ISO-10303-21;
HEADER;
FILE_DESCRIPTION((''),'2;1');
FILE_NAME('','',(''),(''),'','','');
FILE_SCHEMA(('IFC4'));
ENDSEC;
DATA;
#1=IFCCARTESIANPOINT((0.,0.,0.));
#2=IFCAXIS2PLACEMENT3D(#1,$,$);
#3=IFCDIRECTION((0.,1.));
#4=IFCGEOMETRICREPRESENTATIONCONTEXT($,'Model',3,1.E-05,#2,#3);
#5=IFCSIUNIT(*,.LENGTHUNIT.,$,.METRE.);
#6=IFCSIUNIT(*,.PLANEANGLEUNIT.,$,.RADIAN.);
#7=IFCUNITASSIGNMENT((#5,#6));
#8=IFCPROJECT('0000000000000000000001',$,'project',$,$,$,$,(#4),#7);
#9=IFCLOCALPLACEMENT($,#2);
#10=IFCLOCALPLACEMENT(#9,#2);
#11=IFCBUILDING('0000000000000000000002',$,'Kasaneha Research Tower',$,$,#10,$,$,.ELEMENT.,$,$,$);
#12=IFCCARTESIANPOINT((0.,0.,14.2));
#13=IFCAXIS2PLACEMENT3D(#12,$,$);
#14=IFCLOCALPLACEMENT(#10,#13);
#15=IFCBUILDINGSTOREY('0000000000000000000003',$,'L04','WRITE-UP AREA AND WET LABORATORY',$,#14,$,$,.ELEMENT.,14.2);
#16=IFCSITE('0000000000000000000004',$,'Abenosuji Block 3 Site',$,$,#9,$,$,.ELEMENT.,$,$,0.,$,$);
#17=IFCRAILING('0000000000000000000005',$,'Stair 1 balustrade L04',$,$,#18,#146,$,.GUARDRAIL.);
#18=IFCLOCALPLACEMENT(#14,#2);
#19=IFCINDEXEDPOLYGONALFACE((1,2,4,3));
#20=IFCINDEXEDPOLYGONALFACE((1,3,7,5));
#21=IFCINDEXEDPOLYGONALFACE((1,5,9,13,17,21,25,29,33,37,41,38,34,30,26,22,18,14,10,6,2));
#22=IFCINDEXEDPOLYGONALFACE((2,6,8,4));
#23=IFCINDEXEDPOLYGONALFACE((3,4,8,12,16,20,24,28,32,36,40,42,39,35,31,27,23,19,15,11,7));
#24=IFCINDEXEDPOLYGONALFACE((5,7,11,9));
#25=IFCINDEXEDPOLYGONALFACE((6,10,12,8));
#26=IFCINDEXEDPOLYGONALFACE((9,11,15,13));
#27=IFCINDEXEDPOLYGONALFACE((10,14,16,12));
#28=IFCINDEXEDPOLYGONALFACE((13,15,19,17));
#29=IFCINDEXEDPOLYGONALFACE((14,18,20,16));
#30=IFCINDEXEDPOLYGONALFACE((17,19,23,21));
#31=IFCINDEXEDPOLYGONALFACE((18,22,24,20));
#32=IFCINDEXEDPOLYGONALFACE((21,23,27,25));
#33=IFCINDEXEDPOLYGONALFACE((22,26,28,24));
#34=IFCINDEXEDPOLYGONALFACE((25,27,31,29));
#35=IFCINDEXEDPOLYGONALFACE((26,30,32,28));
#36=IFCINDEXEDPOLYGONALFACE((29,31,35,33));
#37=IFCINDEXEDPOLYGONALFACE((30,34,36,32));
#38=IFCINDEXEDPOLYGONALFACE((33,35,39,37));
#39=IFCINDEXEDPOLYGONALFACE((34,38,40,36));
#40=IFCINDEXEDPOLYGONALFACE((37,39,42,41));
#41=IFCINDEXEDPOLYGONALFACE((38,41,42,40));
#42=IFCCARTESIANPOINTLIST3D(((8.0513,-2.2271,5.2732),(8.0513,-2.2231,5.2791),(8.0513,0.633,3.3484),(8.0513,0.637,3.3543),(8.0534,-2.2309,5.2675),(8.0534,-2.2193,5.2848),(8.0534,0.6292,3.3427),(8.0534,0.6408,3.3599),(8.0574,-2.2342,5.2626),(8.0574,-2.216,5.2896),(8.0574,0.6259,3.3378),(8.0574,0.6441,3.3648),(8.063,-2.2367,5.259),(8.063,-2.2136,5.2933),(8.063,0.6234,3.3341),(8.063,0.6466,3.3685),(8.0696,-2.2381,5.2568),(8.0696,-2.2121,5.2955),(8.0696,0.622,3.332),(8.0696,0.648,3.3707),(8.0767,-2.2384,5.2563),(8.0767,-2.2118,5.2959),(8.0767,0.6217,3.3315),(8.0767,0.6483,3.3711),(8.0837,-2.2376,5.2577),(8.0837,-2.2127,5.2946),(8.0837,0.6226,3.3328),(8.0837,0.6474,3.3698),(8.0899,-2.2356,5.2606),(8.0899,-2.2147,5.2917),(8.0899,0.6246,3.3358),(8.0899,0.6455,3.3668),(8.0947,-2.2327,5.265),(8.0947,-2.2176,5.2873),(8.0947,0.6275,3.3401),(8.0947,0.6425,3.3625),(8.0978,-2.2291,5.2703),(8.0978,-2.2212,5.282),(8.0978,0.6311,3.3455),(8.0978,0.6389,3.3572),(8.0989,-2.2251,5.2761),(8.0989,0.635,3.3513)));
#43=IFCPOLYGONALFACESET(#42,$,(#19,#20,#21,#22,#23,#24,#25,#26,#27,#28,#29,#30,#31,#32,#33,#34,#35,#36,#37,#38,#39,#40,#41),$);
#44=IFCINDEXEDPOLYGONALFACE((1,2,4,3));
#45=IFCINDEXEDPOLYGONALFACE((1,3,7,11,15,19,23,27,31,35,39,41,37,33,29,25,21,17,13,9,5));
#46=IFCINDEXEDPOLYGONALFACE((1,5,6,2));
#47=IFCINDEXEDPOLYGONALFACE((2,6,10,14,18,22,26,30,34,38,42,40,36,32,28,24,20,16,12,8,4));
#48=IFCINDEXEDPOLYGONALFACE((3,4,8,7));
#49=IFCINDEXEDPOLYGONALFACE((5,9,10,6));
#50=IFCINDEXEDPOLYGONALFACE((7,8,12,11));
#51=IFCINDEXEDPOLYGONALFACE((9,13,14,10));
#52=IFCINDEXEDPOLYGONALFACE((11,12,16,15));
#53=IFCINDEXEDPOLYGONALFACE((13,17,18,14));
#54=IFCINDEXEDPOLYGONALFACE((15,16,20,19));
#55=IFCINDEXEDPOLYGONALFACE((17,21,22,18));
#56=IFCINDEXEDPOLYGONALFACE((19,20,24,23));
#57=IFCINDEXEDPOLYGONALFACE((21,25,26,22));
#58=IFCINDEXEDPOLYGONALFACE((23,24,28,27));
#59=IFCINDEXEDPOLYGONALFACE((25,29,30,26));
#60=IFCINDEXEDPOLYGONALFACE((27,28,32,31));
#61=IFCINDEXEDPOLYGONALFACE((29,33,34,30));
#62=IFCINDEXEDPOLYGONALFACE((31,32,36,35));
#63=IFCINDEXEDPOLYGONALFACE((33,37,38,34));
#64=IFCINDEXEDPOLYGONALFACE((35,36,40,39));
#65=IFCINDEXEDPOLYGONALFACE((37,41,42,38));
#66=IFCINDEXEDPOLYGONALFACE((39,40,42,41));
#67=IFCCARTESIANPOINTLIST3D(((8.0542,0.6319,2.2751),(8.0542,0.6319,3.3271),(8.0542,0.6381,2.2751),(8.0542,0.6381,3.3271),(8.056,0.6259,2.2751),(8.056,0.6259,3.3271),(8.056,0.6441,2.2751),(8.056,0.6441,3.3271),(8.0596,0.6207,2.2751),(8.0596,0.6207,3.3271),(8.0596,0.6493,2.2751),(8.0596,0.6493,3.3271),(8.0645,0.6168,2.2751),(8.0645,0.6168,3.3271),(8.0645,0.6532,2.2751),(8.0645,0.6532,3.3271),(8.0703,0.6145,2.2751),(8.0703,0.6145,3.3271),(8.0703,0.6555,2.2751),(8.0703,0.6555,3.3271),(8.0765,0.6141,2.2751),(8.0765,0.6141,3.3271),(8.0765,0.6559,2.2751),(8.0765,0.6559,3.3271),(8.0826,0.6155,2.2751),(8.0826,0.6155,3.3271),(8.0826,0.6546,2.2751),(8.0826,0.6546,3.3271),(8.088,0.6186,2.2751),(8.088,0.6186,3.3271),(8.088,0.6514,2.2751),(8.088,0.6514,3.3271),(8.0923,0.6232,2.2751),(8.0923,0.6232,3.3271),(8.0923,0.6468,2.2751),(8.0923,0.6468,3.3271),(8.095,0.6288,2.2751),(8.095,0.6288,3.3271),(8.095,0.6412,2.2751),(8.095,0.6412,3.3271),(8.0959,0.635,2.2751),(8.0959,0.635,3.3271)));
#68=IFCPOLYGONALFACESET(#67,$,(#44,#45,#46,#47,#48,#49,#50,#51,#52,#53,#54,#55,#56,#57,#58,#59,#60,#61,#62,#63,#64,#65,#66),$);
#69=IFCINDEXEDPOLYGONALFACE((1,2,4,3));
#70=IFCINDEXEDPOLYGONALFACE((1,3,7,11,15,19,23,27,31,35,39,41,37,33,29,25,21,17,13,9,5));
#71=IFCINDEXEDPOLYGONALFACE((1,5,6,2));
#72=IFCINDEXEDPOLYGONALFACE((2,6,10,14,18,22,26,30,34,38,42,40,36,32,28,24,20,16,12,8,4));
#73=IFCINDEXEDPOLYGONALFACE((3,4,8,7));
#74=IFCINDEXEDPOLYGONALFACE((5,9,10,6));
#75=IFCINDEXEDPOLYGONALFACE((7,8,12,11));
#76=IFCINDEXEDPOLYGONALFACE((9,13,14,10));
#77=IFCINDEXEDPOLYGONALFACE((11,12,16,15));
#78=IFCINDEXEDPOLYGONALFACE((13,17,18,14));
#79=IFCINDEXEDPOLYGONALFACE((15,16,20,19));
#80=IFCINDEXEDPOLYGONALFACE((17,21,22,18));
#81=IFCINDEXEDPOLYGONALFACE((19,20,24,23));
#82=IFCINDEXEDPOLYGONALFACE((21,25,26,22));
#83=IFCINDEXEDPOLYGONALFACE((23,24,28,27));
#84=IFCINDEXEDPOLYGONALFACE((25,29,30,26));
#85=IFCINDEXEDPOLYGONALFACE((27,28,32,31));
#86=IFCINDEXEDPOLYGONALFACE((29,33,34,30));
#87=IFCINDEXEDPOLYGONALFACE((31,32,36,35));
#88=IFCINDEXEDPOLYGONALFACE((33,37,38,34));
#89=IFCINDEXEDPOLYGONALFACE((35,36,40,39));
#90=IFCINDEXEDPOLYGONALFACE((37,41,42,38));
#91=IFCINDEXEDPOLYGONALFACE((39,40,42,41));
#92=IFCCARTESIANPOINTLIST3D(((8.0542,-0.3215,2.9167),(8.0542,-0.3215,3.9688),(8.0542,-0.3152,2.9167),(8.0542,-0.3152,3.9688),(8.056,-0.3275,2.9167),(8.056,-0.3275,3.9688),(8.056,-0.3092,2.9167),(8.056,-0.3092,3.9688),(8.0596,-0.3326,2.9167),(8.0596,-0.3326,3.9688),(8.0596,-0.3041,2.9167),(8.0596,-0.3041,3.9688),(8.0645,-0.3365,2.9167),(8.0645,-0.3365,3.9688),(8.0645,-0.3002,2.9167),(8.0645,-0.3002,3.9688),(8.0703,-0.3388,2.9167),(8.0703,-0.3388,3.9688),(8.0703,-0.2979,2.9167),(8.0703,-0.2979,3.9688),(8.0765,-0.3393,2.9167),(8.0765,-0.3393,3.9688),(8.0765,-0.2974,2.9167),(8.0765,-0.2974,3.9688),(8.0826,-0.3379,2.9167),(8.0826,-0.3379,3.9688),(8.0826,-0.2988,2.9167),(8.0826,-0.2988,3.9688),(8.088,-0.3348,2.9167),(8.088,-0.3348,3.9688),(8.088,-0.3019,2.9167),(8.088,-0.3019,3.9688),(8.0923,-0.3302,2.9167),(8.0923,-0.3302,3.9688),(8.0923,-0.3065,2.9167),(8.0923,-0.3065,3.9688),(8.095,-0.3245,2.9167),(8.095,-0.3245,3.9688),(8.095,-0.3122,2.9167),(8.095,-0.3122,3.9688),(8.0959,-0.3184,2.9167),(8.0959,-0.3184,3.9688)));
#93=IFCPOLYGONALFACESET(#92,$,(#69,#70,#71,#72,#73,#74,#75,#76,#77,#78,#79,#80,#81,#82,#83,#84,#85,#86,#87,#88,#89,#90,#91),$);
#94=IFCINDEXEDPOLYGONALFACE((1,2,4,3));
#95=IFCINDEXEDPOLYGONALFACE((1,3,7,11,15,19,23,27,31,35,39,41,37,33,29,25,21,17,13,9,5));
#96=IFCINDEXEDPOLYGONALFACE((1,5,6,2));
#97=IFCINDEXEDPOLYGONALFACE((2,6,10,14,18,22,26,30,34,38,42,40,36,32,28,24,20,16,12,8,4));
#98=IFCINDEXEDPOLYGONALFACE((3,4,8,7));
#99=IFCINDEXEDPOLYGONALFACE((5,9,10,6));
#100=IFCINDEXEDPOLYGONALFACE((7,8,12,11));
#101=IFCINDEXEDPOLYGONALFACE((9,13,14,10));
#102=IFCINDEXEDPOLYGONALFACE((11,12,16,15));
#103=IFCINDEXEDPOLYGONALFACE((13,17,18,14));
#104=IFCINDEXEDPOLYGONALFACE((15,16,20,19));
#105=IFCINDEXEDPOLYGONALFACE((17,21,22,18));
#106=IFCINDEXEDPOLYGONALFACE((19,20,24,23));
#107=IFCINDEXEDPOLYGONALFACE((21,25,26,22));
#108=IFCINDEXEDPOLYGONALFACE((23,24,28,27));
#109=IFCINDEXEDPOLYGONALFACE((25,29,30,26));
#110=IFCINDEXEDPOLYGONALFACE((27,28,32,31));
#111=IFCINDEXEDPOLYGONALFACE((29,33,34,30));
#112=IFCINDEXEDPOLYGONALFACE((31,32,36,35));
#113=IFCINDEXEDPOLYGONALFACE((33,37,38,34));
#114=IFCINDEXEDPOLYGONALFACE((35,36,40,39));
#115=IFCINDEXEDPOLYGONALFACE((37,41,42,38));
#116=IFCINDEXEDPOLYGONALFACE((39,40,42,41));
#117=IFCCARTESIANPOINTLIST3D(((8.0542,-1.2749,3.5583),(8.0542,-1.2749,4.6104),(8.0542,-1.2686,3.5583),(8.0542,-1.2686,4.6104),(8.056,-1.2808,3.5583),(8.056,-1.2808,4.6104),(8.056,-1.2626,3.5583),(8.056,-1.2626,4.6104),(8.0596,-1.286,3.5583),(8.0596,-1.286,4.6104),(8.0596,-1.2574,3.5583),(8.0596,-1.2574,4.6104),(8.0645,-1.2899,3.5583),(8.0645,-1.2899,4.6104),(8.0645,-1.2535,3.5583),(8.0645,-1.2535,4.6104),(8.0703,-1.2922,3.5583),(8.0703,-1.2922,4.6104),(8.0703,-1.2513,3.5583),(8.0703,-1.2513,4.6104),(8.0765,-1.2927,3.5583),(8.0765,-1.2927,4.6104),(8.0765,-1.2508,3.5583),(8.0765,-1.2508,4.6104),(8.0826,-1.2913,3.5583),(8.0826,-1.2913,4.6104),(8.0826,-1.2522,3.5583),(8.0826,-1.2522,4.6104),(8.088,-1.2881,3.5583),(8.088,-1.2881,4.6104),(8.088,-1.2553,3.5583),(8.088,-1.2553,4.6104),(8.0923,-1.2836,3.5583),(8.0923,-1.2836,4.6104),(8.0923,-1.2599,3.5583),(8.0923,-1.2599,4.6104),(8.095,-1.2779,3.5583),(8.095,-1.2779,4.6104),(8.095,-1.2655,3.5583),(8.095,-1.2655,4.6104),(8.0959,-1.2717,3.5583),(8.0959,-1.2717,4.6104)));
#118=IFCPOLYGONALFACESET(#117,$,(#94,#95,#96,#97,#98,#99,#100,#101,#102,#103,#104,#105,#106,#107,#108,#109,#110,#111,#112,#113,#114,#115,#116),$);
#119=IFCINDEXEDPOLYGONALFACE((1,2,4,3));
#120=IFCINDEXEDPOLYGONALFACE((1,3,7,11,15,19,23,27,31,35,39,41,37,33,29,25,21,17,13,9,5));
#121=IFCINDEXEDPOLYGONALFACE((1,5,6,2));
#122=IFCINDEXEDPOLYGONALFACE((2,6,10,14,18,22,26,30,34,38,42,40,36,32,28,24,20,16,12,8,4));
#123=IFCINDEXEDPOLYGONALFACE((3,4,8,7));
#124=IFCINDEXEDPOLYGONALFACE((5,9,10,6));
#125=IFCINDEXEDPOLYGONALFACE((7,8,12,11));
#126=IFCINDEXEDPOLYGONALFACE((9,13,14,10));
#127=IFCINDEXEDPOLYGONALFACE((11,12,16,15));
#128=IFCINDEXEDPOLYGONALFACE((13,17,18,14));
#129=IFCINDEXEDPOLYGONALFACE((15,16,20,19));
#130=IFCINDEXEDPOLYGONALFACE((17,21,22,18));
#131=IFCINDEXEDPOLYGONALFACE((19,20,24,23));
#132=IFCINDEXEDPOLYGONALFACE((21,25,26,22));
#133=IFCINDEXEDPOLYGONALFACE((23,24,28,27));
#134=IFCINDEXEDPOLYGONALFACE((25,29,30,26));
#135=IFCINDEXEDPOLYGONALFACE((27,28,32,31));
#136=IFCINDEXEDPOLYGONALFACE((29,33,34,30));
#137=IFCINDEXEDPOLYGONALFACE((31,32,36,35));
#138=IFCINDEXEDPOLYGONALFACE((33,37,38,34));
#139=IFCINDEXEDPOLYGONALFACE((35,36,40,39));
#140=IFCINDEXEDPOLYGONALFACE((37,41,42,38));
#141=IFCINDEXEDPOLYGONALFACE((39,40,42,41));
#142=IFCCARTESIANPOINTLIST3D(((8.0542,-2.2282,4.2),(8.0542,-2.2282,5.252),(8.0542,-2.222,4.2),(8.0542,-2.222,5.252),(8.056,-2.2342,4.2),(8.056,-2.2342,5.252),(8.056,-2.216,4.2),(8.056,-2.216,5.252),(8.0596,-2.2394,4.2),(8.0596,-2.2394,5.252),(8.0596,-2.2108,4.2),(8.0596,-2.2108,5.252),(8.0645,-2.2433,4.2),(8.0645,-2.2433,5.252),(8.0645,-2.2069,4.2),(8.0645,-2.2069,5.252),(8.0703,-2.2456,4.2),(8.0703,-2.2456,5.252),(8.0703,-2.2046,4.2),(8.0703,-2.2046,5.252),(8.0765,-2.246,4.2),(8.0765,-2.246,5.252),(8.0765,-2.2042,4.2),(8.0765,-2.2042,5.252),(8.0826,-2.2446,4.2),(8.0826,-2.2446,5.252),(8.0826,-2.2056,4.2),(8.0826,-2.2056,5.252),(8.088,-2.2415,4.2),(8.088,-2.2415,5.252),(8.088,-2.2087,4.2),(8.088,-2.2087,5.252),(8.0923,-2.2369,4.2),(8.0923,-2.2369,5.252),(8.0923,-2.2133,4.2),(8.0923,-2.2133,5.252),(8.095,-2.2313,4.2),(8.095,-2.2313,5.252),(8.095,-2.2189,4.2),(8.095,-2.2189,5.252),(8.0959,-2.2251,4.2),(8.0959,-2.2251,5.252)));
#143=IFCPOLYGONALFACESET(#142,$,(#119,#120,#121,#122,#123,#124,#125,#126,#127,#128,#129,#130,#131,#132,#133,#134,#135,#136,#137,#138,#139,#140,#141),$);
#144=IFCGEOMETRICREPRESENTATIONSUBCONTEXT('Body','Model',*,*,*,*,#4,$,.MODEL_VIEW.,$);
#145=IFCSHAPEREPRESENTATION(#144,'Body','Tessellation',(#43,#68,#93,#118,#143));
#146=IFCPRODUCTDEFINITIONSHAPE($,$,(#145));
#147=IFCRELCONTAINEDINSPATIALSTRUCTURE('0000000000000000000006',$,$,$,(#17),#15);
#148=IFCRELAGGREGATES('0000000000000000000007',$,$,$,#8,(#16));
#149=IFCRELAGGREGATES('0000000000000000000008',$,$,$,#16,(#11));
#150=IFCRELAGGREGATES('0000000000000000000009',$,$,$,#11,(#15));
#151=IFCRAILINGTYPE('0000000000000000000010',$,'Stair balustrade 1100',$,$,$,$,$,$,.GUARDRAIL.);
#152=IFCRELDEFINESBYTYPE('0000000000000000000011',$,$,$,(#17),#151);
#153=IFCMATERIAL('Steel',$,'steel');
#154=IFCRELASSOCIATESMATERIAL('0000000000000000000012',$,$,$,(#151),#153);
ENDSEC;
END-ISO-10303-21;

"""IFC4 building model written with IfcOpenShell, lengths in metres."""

from ifc_helpers import new_model, si_unit, direction, frame, origin, origin_2d, place, context, subcontext, project, spatial, circle, extrude, material, type_object, element, save


model = new_model("IFC4")

# Units and contexts
model_context = context("Model", 3, precision=1e-05, world=origin(), true_north=direction((0.0, 1.0)))
body_context = subcontext(model_context, "Body", "Model", "MODEL_VIEW")
ifc_project = project(units=[si_unit("LENGTHUNIT", "METRE"), si_unit("PLANEANGLEUNIT", "RADIAN")], contexts=[model_context])

# Site, building, storey
site_placement = place(None, origin())
site = spatial("IfcSite", under=ifc_project, at=site_placement, Name="Abenosuji Block 3 Site", CompositionType="ELEMENT", RefElevation=0.0)
building_placement = place(site_placement, origin())
building = spatial("IfcBuilding", under=site, at=building_placement, Name="Kasaneha Research Tower", CompositionType="ELEMENT")
storey_placement = place(building_placement, frame((0.0, 0.0, 14.2)))
storey = spatial("IfcBuildingStorey", under=building, at=storey_placement, Name="L04", Description="WRITE-UP AREA AND WET LABORATORY", CompositionType="ELEMENT", Elevation=14.2)

# Railing
ifc_material_1 = material(Name="Steel", Category="steel")
railing_type_1 = type_object("IfcRailingType", Name="Stair balustrade 1100", PredefinedType="GUARDRAIL", material=ifc_material_1)
railing_1_placement = place(storey_placement, frame((8.075, 0.635, 2.2751)))
element("IfcRailing", 1, at=railing_1_placement, inside=storey, type_object=railing_type_1, Name="Stair 1 balustrade L04", PredefinedType="GUARDRAIL", context=body_context, shape_type="SweptSolid", body=[
    extrude(circle(Radius=0.0239, at=origin_2d()), frame((0.0, 0.0, 1.0762), z_axis=(0.0, -0.829624, 0.558323), x_axis=(1.0, 0.0, 0.0)), (0.0, 0.0, 1.0), 3.4475),
    extrude(circle(Radius=0.021, at=origin_2d()), origin(), (0.0, 0.0, 1.0), 1.052),
    extrude(circle(Radius=0.021, at=origin_2d()), frame((0.0, -0.9534, 0.6416)), (0.0, 0.0, 1.0), 1.052),
    extrude(circle(Radius=0.021, at=origin_2d()), frame((0.0, -1.9067, 1.2832)), (0.0, 0.0, 1.0), 1.052),
    extrude(circle(Radius=0.021, at=origin_2d()), frame((0.0, -2.8601, 1.9248)), (0.0, 0.0, 1.0), 1.052),
])

save(model, "model.ifc")
